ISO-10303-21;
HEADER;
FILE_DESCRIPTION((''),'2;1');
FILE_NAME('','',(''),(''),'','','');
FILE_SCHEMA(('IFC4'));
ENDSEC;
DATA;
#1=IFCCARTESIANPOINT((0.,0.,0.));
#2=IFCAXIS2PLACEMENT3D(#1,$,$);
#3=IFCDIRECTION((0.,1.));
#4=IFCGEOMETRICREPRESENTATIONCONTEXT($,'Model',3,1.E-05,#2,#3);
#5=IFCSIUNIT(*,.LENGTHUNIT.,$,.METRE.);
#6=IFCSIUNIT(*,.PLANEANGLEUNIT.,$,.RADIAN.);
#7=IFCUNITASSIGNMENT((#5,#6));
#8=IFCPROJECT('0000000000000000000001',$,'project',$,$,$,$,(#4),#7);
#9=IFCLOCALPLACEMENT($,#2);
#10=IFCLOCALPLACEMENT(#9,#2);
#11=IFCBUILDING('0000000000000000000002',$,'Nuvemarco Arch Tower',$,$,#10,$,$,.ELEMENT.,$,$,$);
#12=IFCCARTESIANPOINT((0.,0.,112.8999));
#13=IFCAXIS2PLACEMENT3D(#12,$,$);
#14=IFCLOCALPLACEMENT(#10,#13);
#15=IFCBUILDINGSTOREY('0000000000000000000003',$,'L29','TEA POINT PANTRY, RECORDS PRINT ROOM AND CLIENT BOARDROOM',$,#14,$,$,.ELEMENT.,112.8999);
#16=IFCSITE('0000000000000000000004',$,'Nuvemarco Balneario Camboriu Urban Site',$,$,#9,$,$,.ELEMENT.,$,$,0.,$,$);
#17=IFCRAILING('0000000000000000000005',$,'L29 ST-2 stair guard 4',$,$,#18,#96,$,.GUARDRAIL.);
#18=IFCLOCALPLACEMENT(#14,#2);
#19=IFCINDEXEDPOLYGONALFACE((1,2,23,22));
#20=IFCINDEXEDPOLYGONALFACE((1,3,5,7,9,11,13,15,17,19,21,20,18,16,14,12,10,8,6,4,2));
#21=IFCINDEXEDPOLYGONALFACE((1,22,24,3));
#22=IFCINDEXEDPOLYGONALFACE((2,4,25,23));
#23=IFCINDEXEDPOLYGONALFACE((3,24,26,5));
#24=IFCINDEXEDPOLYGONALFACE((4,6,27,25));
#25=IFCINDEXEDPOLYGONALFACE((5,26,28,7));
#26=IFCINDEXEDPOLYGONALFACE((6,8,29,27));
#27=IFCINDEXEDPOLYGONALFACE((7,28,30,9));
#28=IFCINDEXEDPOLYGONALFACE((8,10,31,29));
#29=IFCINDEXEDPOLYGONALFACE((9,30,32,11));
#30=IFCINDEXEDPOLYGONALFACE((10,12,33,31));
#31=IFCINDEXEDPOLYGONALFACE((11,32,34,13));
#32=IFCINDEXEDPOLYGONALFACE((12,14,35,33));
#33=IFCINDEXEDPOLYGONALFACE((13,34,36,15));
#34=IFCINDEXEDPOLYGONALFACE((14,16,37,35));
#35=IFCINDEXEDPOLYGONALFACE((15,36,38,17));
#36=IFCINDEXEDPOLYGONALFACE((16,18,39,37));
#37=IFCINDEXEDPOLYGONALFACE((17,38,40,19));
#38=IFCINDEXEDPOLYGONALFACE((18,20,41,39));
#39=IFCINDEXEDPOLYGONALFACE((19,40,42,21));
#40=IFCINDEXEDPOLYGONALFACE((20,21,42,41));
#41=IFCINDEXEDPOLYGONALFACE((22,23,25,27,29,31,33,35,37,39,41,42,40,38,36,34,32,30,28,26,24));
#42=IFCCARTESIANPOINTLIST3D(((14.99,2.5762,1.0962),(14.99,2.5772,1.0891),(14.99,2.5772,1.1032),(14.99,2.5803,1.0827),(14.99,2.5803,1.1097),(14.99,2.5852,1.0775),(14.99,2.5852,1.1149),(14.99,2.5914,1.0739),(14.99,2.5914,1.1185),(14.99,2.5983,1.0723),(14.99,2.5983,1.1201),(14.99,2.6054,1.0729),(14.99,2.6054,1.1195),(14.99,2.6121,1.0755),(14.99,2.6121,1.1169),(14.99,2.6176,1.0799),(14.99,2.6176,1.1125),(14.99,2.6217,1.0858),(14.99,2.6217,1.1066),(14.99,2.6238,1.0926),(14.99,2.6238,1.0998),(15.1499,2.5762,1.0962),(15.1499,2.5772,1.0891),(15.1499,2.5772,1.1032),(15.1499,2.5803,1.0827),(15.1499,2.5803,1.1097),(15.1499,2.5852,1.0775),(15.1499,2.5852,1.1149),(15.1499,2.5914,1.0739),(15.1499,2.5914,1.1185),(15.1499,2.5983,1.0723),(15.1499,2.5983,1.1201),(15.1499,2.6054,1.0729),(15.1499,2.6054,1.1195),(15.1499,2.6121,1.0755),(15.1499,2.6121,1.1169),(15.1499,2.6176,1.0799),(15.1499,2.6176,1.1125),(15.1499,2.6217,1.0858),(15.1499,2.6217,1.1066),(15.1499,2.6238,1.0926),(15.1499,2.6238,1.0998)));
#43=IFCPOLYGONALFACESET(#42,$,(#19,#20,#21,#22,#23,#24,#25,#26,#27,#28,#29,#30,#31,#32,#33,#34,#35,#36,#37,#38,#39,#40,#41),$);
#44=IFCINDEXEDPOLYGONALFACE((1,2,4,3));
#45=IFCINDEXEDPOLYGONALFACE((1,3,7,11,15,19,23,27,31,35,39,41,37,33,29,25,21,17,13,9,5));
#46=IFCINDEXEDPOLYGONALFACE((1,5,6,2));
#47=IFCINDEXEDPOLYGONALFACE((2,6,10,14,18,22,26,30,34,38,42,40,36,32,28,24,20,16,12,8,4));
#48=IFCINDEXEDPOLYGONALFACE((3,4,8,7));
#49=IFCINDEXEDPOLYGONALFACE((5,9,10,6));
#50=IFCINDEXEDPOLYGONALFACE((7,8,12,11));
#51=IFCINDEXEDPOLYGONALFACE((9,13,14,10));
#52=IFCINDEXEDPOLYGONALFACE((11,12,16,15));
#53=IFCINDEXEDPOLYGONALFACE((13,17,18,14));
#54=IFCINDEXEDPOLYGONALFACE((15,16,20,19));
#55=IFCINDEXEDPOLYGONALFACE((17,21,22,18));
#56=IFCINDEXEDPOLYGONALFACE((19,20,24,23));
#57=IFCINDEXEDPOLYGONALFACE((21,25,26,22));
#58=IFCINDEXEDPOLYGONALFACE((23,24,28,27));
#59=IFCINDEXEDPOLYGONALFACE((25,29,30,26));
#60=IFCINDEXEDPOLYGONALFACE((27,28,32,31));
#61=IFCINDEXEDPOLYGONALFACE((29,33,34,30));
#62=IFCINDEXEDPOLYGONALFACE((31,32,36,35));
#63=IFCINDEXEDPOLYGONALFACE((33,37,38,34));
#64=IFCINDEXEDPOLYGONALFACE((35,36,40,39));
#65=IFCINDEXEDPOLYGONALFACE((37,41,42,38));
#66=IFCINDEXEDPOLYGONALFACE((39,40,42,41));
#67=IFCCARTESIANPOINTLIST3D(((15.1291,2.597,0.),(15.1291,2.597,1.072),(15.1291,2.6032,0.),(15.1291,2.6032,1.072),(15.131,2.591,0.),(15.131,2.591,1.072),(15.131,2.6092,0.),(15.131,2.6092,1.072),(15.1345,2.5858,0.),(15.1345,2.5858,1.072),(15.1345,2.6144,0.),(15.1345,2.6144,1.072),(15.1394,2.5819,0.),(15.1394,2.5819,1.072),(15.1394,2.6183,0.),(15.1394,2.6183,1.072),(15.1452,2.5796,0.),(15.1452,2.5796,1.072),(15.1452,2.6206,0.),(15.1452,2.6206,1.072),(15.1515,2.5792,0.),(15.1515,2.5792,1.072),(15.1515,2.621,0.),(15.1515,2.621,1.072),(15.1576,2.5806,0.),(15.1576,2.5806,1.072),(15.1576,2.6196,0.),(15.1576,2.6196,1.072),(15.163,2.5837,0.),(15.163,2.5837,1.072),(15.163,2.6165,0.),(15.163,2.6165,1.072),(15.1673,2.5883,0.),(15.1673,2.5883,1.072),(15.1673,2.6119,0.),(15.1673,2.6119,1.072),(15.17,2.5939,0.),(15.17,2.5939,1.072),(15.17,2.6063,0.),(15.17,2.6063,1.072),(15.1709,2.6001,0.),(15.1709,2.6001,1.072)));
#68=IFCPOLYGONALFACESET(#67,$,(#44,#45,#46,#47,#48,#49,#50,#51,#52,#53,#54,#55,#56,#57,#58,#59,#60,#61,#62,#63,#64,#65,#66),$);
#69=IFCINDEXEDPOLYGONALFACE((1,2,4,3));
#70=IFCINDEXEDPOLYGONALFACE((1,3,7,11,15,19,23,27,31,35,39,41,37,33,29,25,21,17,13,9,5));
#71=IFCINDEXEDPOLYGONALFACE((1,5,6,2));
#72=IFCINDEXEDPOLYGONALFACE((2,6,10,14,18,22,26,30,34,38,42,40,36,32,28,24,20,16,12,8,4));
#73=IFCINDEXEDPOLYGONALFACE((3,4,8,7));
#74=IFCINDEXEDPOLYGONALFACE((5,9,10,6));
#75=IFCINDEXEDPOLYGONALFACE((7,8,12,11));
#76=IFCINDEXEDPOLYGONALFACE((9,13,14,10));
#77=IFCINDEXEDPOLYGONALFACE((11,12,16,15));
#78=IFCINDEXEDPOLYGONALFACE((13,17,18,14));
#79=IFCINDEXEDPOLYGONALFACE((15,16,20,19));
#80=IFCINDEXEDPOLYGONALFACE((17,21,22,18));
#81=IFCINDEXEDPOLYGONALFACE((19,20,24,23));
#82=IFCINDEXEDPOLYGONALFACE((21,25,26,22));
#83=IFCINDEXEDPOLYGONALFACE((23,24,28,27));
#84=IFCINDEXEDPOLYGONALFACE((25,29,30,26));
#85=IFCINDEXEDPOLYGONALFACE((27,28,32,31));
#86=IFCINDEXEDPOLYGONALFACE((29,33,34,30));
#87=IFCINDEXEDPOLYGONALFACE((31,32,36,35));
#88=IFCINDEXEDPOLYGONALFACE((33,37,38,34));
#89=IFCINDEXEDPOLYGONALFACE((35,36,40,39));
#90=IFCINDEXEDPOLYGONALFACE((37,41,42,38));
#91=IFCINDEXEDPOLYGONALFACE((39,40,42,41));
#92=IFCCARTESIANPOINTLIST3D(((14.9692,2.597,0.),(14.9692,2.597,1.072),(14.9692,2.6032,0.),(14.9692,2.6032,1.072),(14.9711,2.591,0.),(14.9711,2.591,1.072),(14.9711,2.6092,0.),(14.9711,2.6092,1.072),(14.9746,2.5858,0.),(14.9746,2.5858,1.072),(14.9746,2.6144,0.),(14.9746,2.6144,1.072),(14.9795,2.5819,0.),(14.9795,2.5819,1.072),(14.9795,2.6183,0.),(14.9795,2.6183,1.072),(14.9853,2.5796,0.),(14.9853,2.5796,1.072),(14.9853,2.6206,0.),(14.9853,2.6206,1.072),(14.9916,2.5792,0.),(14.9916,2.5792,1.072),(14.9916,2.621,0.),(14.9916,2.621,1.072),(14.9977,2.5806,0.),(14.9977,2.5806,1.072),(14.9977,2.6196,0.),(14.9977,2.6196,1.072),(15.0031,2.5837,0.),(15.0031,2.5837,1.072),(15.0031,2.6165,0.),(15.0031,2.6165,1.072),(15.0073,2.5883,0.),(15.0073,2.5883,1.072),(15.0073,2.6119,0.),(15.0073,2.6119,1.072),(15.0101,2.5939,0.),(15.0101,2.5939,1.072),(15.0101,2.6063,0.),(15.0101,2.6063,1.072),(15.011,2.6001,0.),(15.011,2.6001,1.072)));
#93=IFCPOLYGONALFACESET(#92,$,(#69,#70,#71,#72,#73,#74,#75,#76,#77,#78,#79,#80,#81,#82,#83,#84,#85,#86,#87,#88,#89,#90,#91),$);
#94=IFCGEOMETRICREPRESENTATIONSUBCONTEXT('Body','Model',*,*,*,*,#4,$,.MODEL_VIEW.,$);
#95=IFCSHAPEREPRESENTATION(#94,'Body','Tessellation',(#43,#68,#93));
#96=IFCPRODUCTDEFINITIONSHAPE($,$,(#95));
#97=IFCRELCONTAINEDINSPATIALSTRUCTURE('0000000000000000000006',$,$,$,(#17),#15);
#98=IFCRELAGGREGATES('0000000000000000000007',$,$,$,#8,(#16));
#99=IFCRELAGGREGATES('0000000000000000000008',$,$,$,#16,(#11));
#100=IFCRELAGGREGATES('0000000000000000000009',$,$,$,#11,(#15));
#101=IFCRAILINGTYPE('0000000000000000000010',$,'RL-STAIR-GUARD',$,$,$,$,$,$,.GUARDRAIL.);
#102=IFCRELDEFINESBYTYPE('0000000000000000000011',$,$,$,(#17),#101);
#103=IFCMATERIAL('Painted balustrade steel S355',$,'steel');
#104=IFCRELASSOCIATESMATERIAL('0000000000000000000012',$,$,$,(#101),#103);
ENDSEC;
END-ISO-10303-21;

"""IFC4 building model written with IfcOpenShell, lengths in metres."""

from ifc_helpers import new_model, si_unit, direction, frame, origin, origin_2d, place, context, subcontext, project, spatial, circle, extrude, material, type_object, element, save


model = new_model("IFC4")

# Units and contexts
model_context = context("Model", 3, precision=1e-05, world=origin(), true_north=direction((0.0, 1.0)))
body_context = subcontext(model_context, "Body", "Model", "MODEL_VIEW")
ifc_project = project(units=[si_unit("LENGTHUNIT", "METRE"), si_unit("PLANEANGLEUNIT", "RADIAN")], contexts=[model_context])

# Site, building, storey
site_placement = place(None, origin())
site = spatial("IfcSite", under=ifc_project, at=site_placement, Name="Nuvemarco Balneario Camboriu Urban Site", CompositionType="ELEMENT", RefElevation=0.0)
building_placement = place(site_placement, origin())
building = spatial("IfcBuilding", under=site, at=building_placement, Name="Nuvemarco Arch Tower", CompositionType="ELEMENT")
storey_placement = place(building_placement, frame((0.0, 0.0, 112.8999)))
storey = spatial("IfcBuildingStorey", under=building, at=storey_placement, Name="L29", Description="TEA POINT PANTRY, RECORDS PRINT ROOM AND CLIENT BOARDROOM", CompositionType="ELEMENT", Elevation=112.8999)

# Railing
ifc_material_1 = material(Name="Painted balustrade steel S355", Category="steel")
railing_type_1 = type_object("IfcRailingType", Name="RL-STAIR-GUARD", PredefinedType="GUARDRAIL", material=ifc_material_1)
railing_1_placement = place(storey_placement, frame((15.1499, 2.6001, 0.0)))
element("IfcRailing", 1, at=railing_1_placement, inside=storey, type_object=railing_type_1, Name="L29 ST-2 stair guard 4", PredefinedType="GUARDRAIL", context=body_context, shape_type="SweptSolid", body=[
    extrude(circle(Radius=0.0239, at=origin_2d()), frame((0.0, 0.0, 1.0962), z_axis=(-1.0, 0.0, 0.0), x_axis=(0.0, -1.0, 0.0)), (0.0, 0.0, 1.0), 0.1599),
    extrude(circle(Radius=0.021, at=origin_2d()), origin(), (0.0, 0.0, 1.0), 1.072),
    extrude(circle(Radius=0.021, at=origin_2d()), frame((-0.1599, 0.0, 0.0)), (0.0, 0.0, 1.0), 1.072),
])

save(model, "model.ifc")
